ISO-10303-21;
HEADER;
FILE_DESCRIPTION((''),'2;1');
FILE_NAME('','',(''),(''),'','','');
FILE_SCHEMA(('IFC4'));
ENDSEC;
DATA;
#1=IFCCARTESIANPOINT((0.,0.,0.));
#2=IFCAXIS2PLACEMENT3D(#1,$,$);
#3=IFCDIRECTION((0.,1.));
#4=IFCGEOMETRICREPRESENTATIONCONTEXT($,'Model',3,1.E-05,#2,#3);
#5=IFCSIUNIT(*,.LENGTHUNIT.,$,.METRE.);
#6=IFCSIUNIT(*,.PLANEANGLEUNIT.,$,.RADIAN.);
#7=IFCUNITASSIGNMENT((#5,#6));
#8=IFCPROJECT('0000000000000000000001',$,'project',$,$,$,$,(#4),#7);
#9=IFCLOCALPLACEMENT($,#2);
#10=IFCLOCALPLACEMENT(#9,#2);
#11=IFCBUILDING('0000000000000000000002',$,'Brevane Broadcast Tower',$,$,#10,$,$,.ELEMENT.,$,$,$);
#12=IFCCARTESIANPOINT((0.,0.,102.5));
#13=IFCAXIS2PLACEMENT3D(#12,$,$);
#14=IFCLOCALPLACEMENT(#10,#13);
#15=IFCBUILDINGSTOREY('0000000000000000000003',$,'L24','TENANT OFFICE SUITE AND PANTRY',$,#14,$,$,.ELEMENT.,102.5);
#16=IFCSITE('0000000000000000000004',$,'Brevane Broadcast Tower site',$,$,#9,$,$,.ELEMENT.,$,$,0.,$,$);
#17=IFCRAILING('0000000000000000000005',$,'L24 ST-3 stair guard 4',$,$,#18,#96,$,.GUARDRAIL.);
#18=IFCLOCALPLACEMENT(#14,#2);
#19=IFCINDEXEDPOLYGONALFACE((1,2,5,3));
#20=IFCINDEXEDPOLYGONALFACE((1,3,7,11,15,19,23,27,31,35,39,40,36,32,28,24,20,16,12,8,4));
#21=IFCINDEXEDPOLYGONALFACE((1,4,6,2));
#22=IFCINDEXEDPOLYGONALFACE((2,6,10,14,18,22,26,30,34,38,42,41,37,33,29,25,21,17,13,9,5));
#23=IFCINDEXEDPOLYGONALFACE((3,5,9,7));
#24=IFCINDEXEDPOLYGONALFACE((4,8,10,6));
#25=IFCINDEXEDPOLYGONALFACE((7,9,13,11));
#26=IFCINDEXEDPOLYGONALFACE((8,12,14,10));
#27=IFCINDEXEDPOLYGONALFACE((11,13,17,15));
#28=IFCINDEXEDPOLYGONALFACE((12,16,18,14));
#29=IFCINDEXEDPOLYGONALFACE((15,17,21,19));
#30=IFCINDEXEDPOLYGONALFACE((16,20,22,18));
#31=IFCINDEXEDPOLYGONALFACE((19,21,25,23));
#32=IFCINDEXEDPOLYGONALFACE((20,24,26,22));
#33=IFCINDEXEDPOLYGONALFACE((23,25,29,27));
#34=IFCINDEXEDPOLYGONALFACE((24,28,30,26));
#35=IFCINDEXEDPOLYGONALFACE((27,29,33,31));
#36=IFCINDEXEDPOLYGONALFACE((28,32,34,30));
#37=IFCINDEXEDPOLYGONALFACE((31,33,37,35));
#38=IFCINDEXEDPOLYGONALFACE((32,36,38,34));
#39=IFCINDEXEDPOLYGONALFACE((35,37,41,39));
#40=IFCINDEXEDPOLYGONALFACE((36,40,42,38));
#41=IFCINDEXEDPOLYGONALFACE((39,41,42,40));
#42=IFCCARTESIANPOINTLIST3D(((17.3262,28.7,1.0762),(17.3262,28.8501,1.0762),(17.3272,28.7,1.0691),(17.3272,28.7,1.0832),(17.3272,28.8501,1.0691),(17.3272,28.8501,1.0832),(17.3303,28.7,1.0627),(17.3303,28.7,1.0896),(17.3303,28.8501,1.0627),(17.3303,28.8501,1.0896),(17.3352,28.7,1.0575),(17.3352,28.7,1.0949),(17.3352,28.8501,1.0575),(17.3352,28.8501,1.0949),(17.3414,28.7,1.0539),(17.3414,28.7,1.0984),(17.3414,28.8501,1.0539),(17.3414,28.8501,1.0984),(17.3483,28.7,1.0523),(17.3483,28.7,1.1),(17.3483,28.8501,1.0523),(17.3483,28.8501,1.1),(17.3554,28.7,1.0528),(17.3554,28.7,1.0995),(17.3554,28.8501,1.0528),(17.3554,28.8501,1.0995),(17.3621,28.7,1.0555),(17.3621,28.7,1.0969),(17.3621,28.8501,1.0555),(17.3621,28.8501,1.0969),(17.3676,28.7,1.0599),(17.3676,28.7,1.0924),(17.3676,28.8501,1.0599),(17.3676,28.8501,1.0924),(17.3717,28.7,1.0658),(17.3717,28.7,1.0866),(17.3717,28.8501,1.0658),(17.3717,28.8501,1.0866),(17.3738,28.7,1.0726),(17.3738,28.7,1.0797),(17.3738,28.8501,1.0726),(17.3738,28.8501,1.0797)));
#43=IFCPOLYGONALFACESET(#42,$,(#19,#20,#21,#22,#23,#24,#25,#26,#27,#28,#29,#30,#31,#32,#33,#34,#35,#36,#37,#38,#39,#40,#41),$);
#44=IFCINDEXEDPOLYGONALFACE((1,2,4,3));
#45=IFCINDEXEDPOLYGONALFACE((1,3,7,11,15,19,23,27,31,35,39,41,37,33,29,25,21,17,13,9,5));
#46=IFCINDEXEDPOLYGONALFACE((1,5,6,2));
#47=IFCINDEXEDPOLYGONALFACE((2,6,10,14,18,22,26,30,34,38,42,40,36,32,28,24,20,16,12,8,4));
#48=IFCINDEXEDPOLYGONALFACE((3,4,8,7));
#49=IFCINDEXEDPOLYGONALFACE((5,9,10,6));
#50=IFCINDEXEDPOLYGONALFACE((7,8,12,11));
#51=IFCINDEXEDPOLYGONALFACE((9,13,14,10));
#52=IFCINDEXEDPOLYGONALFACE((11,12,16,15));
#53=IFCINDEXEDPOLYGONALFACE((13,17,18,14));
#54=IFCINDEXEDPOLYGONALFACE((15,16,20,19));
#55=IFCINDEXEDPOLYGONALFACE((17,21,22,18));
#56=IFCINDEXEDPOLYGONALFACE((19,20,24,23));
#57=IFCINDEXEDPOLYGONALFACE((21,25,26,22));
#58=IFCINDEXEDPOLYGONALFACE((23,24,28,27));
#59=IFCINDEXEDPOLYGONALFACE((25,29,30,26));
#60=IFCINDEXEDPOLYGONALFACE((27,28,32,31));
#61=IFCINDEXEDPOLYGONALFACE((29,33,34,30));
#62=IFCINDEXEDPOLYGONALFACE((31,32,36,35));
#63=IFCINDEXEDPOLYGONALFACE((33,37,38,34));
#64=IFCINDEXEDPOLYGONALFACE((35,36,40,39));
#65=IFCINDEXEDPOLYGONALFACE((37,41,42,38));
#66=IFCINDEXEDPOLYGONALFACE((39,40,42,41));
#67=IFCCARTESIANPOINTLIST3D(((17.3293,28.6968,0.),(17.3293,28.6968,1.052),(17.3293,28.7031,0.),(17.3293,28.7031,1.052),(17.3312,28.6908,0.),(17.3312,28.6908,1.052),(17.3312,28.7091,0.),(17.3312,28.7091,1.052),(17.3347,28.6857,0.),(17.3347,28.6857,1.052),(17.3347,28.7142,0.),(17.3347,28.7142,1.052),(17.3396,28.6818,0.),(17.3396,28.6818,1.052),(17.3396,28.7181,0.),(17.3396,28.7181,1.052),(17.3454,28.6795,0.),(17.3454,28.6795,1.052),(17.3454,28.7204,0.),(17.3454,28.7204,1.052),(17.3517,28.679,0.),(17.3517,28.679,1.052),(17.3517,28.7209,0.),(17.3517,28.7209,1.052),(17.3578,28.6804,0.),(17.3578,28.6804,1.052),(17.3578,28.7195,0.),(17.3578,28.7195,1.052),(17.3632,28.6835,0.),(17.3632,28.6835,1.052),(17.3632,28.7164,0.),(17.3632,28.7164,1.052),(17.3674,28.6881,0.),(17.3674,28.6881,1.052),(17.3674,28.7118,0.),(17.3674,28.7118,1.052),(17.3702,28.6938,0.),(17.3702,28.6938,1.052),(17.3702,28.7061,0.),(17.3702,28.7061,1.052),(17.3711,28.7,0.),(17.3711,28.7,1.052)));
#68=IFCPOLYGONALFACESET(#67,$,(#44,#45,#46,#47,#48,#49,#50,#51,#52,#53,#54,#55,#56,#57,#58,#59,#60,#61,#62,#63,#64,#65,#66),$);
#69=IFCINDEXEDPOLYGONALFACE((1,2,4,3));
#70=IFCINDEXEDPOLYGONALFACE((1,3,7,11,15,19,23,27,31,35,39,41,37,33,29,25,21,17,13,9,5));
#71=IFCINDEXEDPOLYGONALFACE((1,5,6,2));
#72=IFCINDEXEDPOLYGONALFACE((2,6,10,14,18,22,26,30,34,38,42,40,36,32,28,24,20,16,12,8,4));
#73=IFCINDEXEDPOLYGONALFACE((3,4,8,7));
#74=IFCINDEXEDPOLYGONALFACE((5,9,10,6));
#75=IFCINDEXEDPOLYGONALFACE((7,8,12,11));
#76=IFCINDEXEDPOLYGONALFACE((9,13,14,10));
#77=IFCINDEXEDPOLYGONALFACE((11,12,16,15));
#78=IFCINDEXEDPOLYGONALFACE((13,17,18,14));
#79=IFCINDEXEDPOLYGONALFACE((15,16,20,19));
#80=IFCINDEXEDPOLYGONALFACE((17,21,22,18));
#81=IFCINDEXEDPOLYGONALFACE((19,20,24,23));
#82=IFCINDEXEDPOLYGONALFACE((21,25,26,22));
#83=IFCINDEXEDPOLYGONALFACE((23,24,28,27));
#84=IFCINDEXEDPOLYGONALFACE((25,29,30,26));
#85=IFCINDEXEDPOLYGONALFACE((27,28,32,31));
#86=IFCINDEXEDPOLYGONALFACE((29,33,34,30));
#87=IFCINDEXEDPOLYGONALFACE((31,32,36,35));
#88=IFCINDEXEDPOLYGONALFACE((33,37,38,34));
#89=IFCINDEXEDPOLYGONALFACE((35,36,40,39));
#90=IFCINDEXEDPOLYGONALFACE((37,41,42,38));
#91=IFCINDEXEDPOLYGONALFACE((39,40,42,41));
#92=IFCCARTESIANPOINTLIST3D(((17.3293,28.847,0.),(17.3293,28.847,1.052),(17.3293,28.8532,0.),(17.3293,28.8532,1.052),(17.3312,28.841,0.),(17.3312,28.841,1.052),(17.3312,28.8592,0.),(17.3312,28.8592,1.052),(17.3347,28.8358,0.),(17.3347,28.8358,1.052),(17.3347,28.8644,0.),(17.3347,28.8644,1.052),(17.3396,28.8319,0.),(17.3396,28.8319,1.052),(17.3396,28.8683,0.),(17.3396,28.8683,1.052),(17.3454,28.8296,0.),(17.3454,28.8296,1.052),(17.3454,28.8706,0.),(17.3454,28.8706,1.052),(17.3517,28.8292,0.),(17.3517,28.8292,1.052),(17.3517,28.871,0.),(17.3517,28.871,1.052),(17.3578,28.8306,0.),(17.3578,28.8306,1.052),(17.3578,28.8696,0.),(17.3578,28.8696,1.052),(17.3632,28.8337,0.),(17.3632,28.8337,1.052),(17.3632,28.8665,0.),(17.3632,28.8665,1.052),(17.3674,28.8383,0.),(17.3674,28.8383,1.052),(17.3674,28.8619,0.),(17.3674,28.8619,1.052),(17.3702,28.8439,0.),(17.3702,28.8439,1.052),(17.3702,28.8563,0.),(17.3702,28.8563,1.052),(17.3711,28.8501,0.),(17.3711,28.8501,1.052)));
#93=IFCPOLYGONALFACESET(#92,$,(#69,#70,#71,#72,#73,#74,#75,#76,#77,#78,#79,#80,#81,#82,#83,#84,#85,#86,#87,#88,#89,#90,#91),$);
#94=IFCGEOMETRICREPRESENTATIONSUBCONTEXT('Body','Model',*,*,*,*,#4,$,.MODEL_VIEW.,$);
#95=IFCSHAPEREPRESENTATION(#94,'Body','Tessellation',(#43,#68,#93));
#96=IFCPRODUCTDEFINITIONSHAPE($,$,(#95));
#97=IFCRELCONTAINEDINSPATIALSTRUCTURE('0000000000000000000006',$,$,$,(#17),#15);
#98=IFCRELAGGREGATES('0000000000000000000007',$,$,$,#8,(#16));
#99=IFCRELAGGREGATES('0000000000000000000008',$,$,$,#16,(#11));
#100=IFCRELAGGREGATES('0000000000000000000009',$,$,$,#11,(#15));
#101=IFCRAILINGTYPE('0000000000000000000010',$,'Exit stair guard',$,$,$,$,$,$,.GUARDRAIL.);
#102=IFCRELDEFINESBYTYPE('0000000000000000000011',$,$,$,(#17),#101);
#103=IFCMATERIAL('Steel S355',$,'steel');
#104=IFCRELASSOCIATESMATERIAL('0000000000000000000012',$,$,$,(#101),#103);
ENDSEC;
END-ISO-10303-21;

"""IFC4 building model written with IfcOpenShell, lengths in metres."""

from ifc_helpers import new_model, si_unit, direction, frame, origin, origin_2d, place, context, subcontext, project, spatial, circle, extrude, material, type_object, element, save


model = new_model("IFC4")

# Units and contexts
model_context = context("Model", 3, precision=1e-05, world=origin(), true_north=direction((0.0, 1.0)))
body_context = subcontext(model_context, "Body", "Model", "MODEL_VIEW")
ifc_project = project(units=[si_unit("LENGTHUNIT", "METRE"), si_unit("PLANEANGLEUNIT", "RADIAN")], contexts=[model_context])

# Site, building, storey
site_placement = place(None, origin())
site = spatial("IfcSite", under=ifc_project, at=site_placement, Name="Brevane Broadcast Tower site", CompositionType="ELEMENT", RefElevation=0.0)
building_placement = place(site_placement, origin())
building = spatial("IfcBuilding", under=site, at=building_placement, Name="Brevane Broadcast Tower", CompositionType="ELEMENT")
storey_placement = place(building_placement, frame((0.0, 0.0, 102.5)))
storey = spatial("IfcBuildingStorey", under=building, at=storey_placement, Name="L24", Description="TENANT OFFICE SUITE AND PANTRY", CompositionType="ELEMENT", Elevation=102.5)

# Railing
ifc_material_1 = material(Name="Steel S355", Category="steel")
railing_type_1 = type_object("IfcRailingType", Name="Exit stair guard", PredefinedType="GUARDRAIL", material=ifc_material_1)
railing_1_placement = place(storey_placement, frame((17.3501, 28.7, 0.0)))
element("IfcRailing", 1, at=railing_1_placement, inside=storey, type_object=railing_type_1, Name="L24 ST-3 stair guard 4", PredefinedType="GUARDRAIL", context=body_context, shape_type="SweptSolid", body=[
    extrude(circle(Radius=0.0239, at=origin_2d()), frame((0.0, 0.0, 1.0762), z_axis=(0.0, 1.0, 0.0), x_axis=(-1.0, 0.0, 0.0)), (0.0, 0.0, 1.0), 0.1501),
    extrude(circle(Radius=0.021, at=origin_2d()), origin(), (0.0, 0.0, 1.0), 1.052),
    extrude(circle(Radius=0.021, at=origin_2d()), frame((0.0, 0.1501, 0.0)), (0.0, 0.0, 1.0), 1.052),
])

save(model, "model.ifc")
